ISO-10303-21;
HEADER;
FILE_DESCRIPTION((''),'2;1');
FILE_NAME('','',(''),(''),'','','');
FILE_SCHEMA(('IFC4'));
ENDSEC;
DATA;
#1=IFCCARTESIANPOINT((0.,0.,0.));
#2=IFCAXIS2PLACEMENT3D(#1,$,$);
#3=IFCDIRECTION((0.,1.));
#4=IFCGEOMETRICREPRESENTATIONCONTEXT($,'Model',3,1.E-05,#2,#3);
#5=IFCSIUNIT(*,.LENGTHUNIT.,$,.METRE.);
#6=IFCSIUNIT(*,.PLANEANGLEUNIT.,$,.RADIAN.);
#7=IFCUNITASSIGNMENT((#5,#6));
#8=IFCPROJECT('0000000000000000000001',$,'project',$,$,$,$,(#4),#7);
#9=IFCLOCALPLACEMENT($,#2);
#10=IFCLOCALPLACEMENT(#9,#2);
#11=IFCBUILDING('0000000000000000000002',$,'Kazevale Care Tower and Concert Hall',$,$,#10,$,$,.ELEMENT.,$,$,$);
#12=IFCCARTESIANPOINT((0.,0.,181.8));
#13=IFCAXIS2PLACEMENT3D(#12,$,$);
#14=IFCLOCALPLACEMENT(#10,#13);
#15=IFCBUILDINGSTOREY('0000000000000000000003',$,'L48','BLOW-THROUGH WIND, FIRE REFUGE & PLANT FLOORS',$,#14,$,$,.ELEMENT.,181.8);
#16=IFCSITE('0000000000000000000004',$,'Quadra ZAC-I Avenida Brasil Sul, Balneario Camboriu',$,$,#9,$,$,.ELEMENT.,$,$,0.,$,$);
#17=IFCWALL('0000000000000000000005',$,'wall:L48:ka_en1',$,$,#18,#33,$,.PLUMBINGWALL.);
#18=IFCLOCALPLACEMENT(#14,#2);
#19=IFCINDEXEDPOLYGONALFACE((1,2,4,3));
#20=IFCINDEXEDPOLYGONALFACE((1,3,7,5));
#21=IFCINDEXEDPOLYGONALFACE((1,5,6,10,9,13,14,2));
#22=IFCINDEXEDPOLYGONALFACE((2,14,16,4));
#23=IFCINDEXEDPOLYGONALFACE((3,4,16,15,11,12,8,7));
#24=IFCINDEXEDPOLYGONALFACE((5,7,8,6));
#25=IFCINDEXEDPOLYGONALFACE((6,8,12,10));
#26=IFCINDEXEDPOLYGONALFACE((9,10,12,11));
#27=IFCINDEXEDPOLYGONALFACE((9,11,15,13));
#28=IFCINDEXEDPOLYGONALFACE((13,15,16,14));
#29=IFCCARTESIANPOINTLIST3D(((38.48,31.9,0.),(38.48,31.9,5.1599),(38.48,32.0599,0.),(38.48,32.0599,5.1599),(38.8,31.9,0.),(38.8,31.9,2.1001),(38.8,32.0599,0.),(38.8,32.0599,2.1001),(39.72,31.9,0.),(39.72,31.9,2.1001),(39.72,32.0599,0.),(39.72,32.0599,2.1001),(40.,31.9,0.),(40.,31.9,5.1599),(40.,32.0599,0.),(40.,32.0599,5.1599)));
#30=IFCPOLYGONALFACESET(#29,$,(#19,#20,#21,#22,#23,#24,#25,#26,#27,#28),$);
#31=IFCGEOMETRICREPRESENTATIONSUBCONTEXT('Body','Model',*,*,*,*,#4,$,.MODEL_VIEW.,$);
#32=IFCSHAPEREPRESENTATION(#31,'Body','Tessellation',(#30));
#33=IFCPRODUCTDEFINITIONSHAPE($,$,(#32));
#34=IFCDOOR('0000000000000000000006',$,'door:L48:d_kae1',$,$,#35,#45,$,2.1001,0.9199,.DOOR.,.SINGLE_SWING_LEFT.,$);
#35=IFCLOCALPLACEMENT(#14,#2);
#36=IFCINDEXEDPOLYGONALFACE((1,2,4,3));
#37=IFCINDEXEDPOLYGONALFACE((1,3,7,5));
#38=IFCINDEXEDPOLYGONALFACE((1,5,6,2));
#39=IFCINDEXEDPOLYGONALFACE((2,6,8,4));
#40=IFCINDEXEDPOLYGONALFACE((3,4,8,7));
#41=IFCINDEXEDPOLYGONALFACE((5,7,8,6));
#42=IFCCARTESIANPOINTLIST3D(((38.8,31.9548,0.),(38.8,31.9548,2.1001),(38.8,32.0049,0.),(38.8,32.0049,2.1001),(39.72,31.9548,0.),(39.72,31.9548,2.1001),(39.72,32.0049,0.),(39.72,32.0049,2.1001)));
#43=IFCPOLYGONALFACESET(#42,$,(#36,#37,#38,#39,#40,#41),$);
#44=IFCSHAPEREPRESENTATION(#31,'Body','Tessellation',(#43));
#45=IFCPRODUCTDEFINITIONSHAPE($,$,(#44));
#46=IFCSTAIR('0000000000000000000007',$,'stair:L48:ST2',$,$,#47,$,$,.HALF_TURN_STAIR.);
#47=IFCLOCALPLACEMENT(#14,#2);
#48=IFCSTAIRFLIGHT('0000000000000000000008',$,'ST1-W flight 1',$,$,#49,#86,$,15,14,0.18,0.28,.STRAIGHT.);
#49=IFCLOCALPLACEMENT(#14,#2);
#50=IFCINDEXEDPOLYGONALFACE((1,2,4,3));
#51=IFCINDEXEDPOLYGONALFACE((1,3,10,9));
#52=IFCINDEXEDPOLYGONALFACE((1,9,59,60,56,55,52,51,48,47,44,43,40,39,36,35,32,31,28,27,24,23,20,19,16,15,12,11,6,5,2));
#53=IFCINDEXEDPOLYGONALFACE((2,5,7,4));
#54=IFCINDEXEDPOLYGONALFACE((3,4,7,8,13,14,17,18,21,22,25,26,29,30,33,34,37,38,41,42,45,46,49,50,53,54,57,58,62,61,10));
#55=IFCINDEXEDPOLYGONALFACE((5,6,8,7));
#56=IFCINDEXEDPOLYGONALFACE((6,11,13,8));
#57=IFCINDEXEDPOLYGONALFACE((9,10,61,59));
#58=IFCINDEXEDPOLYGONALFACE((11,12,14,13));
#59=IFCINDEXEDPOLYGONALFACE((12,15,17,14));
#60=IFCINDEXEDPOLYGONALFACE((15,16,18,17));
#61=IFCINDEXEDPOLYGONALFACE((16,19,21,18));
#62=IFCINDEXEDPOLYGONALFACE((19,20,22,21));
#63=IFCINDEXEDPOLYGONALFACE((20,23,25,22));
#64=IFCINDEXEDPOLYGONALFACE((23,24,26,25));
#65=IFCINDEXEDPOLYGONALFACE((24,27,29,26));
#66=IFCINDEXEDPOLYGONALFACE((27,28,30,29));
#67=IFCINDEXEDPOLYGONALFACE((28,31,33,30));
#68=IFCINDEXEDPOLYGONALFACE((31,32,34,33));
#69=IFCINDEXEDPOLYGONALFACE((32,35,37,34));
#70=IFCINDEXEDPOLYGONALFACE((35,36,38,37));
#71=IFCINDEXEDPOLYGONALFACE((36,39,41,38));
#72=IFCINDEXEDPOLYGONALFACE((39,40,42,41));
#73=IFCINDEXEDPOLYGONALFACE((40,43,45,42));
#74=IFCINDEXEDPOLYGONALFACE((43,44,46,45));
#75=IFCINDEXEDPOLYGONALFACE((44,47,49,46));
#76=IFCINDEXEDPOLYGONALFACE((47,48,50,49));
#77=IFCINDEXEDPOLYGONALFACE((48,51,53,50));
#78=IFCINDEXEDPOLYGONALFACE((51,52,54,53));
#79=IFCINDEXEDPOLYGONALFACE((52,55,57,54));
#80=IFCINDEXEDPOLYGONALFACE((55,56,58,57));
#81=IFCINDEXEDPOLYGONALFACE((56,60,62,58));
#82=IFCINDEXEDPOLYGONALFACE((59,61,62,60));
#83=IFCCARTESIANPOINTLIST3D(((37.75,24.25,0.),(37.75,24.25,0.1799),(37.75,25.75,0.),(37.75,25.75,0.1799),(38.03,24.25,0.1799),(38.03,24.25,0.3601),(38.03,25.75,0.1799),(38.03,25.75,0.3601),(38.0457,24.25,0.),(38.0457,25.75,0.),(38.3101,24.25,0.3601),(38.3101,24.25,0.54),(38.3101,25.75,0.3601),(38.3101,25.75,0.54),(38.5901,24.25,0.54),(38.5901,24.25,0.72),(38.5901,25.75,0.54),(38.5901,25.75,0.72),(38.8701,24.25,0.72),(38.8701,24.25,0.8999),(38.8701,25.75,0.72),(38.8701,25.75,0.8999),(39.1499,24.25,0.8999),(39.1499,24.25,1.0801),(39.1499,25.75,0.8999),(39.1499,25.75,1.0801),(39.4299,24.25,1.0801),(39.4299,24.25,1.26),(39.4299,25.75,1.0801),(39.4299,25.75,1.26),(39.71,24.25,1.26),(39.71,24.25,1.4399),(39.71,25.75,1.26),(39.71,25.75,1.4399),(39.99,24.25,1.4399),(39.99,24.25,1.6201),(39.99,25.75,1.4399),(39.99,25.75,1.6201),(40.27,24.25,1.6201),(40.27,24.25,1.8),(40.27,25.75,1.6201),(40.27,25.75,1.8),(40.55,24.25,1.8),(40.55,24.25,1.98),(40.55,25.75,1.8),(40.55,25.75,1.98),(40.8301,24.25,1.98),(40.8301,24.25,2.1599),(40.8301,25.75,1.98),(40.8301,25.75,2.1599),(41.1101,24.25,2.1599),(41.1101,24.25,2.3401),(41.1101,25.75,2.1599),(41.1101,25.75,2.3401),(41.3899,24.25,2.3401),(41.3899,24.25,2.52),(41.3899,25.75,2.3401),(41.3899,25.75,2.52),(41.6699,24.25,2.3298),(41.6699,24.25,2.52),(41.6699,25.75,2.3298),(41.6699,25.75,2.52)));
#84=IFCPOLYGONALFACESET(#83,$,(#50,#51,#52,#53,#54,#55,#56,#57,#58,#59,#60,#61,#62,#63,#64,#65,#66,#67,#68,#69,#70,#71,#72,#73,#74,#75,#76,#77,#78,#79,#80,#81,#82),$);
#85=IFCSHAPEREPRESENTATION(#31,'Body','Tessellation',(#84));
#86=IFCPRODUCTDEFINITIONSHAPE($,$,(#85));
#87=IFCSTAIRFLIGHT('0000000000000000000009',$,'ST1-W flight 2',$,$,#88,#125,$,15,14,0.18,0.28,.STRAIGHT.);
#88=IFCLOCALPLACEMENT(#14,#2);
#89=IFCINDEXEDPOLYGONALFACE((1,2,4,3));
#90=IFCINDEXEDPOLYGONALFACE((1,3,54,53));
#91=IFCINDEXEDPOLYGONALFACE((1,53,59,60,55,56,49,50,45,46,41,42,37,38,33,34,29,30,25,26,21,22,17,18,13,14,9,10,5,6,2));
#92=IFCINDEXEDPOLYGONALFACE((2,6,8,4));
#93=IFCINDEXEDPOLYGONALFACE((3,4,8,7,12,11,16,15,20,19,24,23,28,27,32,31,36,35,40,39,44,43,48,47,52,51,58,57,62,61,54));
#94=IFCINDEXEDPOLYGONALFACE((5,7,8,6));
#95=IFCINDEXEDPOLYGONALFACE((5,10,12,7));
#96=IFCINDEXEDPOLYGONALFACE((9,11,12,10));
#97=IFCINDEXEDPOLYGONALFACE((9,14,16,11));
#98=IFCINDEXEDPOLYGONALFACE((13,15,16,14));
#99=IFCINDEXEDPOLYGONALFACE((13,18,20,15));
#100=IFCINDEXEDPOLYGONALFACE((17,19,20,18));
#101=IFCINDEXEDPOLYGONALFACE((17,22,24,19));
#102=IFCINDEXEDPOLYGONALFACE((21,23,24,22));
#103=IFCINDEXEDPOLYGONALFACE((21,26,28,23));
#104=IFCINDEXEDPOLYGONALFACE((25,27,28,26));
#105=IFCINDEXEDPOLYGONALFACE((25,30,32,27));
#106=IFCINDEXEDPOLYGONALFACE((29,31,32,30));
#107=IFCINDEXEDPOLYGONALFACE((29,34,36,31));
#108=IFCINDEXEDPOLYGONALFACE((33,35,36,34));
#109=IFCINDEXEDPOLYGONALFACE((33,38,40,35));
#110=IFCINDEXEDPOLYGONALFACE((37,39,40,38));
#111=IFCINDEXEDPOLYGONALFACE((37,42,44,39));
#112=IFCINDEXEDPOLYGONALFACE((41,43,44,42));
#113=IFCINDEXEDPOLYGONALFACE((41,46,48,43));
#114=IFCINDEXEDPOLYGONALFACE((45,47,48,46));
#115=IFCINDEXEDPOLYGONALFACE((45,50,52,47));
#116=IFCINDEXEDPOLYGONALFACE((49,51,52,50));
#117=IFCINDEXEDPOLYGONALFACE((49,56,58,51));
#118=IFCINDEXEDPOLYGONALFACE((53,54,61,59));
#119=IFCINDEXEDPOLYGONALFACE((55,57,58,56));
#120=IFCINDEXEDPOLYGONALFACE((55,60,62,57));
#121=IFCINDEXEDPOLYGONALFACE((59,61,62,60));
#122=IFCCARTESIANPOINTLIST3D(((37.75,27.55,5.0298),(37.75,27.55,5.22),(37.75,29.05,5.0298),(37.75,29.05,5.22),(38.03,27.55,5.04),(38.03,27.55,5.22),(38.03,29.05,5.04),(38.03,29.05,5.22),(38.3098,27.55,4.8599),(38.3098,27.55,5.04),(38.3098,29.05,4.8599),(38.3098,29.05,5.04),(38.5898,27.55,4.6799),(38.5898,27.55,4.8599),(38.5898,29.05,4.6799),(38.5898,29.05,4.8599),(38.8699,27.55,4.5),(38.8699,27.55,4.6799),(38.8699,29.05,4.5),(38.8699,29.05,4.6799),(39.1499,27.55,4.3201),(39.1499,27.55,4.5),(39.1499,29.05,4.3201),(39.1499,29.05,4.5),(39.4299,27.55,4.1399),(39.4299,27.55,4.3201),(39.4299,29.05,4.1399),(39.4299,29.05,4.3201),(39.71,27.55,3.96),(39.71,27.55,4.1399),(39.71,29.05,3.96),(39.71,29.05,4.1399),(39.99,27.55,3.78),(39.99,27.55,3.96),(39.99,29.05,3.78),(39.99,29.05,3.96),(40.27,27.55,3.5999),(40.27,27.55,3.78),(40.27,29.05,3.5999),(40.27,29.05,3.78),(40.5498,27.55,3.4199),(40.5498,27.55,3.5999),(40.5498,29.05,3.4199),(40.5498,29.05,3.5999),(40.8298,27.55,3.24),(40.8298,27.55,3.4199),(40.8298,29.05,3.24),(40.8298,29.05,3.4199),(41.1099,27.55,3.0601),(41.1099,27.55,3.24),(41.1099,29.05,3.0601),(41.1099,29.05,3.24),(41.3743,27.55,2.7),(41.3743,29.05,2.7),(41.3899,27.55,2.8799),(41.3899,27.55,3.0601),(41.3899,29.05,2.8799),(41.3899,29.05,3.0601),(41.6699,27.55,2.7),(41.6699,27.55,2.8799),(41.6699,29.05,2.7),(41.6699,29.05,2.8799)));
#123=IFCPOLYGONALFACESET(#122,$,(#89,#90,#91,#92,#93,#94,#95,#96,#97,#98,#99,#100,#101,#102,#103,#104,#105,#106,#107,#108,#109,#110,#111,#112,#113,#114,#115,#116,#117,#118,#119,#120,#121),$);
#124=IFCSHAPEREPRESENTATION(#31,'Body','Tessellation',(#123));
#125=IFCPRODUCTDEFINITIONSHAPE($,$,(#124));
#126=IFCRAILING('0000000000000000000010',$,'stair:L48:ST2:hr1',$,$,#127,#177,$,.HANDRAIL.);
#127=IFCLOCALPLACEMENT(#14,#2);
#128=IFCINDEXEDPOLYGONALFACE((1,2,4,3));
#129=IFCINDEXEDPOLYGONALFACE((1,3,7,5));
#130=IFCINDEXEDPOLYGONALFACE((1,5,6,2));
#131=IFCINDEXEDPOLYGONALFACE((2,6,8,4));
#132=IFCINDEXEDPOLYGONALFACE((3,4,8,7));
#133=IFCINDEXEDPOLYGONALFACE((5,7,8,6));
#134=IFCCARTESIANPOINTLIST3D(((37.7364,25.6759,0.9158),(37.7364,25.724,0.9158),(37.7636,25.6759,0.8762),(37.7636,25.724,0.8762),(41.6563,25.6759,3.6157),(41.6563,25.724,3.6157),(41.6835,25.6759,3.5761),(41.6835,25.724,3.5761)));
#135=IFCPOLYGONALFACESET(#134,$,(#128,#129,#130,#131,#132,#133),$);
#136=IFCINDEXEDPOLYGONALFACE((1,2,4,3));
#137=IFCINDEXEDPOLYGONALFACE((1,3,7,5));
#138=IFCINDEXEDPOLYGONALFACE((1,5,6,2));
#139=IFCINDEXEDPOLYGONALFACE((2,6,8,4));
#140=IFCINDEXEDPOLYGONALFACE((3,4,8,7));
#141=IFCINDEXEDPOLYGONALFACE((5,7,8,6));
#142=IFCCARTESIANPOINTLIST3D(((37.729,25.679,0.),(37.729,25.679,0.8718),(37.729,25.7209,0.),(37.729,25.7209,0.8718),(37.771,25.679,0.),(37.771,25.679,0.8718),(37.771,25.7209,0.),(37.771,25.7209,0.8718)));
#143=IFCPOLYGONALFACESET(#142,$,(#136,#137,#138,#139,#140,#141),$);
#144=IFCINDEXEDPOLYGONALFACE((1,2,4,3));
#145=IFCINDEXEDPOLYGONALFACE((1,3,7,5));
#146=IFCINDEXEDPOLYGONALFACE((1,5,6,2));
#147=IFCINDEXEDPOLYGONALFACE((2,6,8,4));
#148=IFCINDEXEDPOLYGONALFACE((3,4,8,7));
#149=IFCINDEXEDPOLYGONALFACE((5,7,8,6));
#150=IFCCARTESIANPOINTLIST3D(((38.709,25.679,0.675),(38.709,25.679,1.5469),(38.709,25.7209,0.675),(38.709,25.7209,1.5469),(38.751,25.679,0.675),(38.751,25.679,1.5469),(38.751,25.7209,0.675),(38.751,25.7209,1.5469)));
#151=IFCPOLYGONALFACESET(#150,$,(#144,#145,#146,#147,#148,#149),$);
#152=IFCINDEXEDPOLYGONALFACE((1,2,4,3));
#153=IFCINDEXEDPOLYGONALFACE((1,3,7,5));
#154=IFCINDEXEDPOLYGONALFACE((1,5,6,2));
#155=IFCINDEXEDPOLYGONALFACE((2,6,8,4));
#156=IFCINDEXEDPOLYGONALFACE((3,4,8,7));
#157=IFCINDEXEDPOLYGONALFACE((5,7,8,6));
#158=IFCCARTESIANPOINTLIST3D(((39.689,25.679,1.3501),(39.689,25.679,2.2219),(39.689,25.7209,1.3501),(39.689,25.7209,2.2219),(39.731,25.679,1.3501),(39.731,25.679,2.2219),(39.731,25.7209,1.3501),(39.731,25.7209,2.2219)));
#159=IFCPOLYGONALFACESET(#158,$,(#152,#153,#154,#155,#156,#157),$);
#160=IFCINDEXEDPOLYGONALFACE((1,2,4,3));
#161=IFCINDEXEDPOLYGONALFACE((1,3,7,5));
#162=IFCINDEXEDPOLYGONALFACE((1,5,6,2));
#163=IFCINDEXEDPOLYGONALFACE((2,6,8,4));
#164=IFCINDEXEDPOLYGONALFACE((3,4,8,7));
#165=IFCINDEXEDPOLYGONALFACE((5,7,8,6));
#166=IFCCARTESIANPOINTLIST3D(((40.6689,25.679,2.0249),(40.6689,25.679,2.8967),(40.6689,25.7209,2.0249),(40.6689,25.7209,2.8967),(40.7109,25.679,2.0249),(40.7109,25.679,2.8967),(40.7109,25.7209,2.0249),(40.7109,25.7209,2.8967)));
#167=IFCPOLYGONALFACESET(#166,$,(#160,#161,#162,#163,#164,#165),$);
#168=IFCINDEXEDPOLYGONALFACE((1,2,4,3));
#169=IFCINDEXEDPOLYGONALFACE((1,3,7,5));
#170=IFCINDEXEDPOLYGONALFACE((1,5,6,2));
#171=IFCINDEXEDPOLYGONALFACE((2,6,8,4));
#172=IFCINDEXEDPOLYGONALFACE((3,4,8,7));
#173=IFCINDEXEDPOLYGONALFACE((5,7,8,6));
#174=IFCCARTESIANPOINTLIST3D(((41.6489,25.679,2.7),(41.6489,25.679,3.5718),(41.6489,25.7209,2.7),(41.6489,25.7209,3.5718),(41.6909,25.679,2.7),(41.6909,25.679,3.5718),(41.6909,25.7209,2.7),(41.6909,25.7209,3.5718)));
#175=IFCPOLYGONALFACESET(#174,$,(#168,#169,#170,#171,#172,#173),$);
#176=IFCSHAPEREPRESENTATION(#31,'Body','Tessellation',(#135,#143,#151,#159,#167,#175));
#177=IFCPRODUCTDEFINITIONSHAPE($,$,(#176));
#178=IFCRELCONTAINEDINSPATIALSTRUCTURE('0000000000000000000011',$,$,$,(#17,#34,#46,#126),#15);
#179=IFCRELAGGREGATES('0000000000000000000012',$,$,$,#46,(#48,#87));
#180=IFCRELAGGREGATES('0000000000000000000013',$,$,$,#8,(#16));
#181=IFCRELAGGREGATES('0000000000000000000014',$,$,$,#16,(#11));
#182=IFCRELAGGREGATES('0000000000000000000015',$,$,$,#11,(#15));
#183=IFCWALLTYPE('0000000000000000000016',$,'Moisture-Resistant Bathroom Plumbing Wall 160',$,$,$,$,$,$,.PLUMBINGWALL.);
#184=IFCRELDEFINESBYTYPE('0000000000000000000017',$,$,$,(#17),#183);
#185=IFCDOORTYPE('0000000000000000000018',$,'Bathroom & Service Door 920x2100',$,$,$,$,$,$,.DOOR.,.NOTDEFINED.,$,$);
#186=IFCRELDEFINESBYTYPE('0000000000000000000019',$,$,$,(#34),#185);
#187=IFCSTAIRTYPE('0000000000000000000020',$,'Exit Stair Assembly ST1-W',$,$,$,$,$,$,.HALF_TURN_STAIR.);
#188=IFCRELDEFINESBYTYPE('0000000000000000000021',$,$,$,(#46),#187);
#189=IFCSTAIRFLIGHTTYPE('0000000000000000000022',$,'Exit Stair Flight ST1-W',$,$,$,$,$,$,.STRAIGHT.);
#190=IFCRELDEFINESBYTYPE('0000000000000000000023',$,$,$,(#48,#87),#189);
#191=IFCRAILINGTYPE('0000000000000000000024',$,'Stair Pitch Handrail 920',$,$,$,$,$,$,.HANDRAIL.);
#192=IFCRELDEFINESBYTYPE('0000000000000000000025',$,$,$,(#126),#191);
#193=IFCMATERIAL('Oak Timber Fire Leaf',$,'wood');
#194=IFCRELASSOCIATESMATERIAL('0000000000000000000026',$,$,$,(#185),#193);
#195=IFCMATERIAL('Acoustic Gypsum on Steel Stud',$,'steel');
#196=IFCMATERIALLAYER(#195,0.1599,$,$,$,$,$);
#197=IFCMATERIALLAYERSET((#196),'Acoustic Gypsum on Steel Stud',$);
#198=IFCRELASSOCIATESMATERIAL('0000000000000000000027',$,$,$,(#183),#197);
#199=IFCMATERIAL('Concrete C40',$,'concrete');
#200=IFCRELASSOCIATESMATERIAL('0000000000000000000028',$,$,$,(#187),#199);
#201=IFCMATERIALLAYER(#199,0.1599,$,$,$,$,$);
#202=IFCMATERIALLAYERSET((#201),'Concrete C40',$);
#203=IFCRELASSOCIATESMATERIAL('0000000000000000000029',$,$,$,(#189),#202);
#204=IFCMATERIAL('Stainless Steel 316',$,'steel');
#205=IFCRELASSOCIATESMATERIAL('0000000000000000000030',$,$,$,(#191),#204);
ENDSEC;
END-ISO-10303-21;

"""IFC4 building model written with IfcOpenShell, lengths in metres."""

from ifc_helpers import new_model, si_unit, direction, frame, frame_2d, origin, origin_2d, place, context, subcontext, project, spatial, polyline, rectangle, outline, extrude, material, layer, layer_set, type_object, element, fill, aggregate, save


model = new_model("IFC4")

# Units and contexts
model_context = context("Model", 3, precision=1e-05, world=origin(), true_north=direction((0.0, 1.0)))
body_context = subcontext(model_context, "Body", "Model", "MODEL_VIEW")
ifc_project = project(units=[si_unit("LENGTHUNIT", "METRE"), si_unit("PLANEANGLEUNIT", "RADIAN")], contexts=[model_context])

# Site, building, storey
site_placement = place(None, origin())
site = spatial("IfcSite", under=ifc_project, at=site_placement, Name="Quadra ZAC-I Avenida Brasil Sul, Balneario Camboriu", CompositionType="ELEMENT", RefElevation=0.0)
building_placement = place(site_placement, origin())
building = spatial("IfcBuilding", under=site, at=building_placement, Name="Kazevale Care Tower and Concert Hall", CompositionType="ELEMENT")
storey_placement = place(building_placement, frame((0.0, 0.0, 181.8)))
storey = spatial("IfcBuildingStorey", under=building, at=storey_placement, Name="L48", Description="BLOW-THROUGH WIND, FIRE REFUGE & PLANT FLOORS", CompositionType="ELEMENT", Elevation=181.8)

# Shared definitions
ifc_material_1 = material(Name="Acoustic Gypsum on Steel Stud", Category="steel")

# Shared definitions
ifc_material_2 = material(Name="Oak Timber Fire Leaf", Category="wood")
door_type_1 = type_object("IfcDoorType", Name="Bathroom & Service Door 920x2100", OperationType="NOTDEFINED", PredefinedType="DOOR", material=ifc_material_2)

# Shared definitions
ifc_material_3 = material(Name="Concrete C40", Category="concrete")
ifc_layer_1 = layer(ifc_material_1, 0.1599)
ifc_layer_set_1 = layer_set([ifc_layer_1], Name="Acoustic Gypsum on Steel Stud")
wall_type_1 = type_object("IfcWallType", Name="Moisture-Resistant Bathroom Plumbing Wall 160", PredefinedType="PLUMBINGWALL", material=ifc_layer_set_1)

# Wall, opening, door
wall_1_placement = place(storey_placement, frame((38.48, 31.98, 0.0), z_axis=(0.0, 0.0, 1.0), x_axis=(1.0, 0.0, 0.0)))
wall_1 = element("IfcWall", 1, at=wall_1_placement, inside=storey, type_object=wall_type_1, Name="wall:L48:ka_en1", PredefinedType="PLUMBINGWALL", context=body_context, shape_type="SweptSolid", body=[
    extrude(rectangle(XDim=1.52, YDim=0.1599, at=frame_2d((0.76, 0.0))), origin(), (0.0, 0.0, 1.0), 5.1599),
])
opening_1_placement = place(wall_1_placement, frame((0.3201, 0.0, 0.0)))
opening_1 = element("IfcOpeningElement", 2, at=opening_1_placement, cuts=wall_1, PredefinedType="OPENING", context=body_context, shape_type="SweptSolid", body=[
    extrude(rectangle(XDim=0.9199, YDim=2.1001, at=frame_2d((0.46, 1.05))), frame((0.0, 0.0898, 0.0), z_axis=(0.0, -1.0, 0.0), x_axis=(1.0, 0.0, 0.0)), (0.0, 0.0, 1.0), 0.1799),
])
door_1_placement = place(opening_1_placement, origin())
door_1 = element("IfcDoor", 3, at=door_1_placement, inside=storey, type_object=door_type_1, Name="door:L48:d_kae1", OperationType="SINGLE_SWING_LEFT", OverallHeight=2.1001, OverallWidth=0.9199, PredefinedType="DOOR", context=body_context, shape_type="SweptSolid", body=[
    extrude(rectangle(XDim=0.9199, YDim=2.1001, at=frame_2d((0.46, 1.05))), frame((0.0, 0.0249, 0.0), z_axis=(0.0, -1.0, 0.0), x_axis=(1.0, 0.0, 0.0)), (0.0, 0.0, 1.0), 0.05),
])
fill(opening_1, door_1)

# Stair, stair flights
stair_type = type_object("IfcStairType", Name="Exit Stair Assembly ST1-W", PredefinedType="HALF_TURN_STAIR", material=ifc_material_3)
stair_placement = place(storey_placement, origin())
stair = element("IfcStair", 4, at=stair_placement, inside=storey, type_object=stair_type, Name="stair:L48:ST2", PredefinedType="HALF_TURN_STAIR")
ifc_layer_2 = layer(ifc_material_3, 0.1599)
ifc_layer_set_2 = layer_set([ifc_layer_2], Name="Concrete C40")
stair_flight_type = type_object("IfcStairFlightType", Name="Exit Stair Flight ST1-W", PredefinedType="STRAIGHT", material=ifc_layer_set_2)
stair_flight_1_placement = place(storey_placement, frame((37.75, 25.0, 0.0), z_axis=(0.0, 0.0, 1.0), x_axis=(1.0, 0.0, 0.0)))
stair_flight_1 = element("IfcStairFlight", 5, at=stair_flight_1_placement, type_object=stair_flight_type, Name="ST1-W flight 1", NumberOfRisers=15, NumberOfTreads=14, PredefinedType="STRAIGHT", RiserHeight=0.18, TreadLength=0.28, context=body_context, shape_type="SweptSolid", body=[
    extrude(outline(polyline([(0.0, 0.0), (0.0, 0.1799), (0.28, 0.1799), (0.28, 0.3601), (0.5601, 0.3601), (0.5601, 0.54), (0.8401, 0.54), (0.8401, 0.72), (1.1201, 0.72), (1.1201, 0.8999), (1.3999, 0.8999), (1.3999, 1.0801), (1.6799, 1.0801), (1.6799, 1.26), (1.96, 1.26), (1.96, 1.4399), (2.24, 1.4399), (2.24, 1.6201), (2.52, 1.6201), (2.52, 1.8), (2.8, 1.8), (2.8, 1.98), (3.0801, 1.98), (3.0801, 2.1599), (3.3601, 2.1599), (3.3601, 2.3401), (3.6399, 2.3401), (3.6399, 2.52), (3.9199, 2.52), (3.9199, 2.7), (3.9199, 2.3298), (0.2957, 0.0), (0.0, 0.0)])), frame((0.0, 0.75, 0.0), z_axis=(0.0, -1.0, 0.0), x_axis=(1.0, 0.0, 0.0)), (0.0, 0.0, 1.0), 1.5),
])
stair_flight_2_placement = place(storey_placement, frame((41.6699, 28.3, 2.7), z_axis=(0.0, 0.0, 1.0), x_axis=(-1.0, 0.0, 0.0)))
stair_flight_2 = element("IfcStairFlight", 6, at=stair_flight_2_placement, type_object=stair_flight_type, Name="ST1-W flight 2", NumberOfRisers=15, NumberOfTreads=14, PredefinedType="STRAIGHT", RiserHeight=0.18, TreadLength=0.28, context=body_context, shape_type="SweptSolid", body=[
    extrude(outline(polyline([(0.0, 0.0), (0.0, 0.1799), (0.28, 0.1799), (0.28, 0.3601), (0.5601, 0.3601), (0.5601, 0.54), (0.8401, 0.54), (0.8401, 0.72), (1.1201, 0.72), (1.1201, 0.8999), (1.3999, 0.8999), (1.3999, 1.0801), (1.6799, 1.0801), (1.6799, 1.26), (1.96, 1.26), (1.96, 1.4399), (2.24, 1.4399), (2.24, 1.6201), (2.52, 1.6201), (2.52, 1.8), (2.8, 1.8), (2.8, 1.98), (3.0801, 1.98), (3.0801, 2.1599), (3.3601, 2.1599), (3.3601, 2.3401), (3.6399, 2.3401), (3.6399, 2.52), (3.9199, 2.52), (3.9199, 2.7), (3.9199, 2.3298), (0.2957, 0.0), (0.0, 0.0)])), frame((0.0, 0.75, 0.0), z_axis=(0.0, -1.0, 0.0), x_axis=(1.0, 0.0, 0.0)), (0.0, 0.0, 1.0), 1.5),
])
aggregate(stair, [stair_flight_1, stair_flight_2])

# Railing
ifc_material_4 = material(Name="Stainless Steel 316", Category="steel")
railing_type_1 = type_object("IfcRailingType", Name="Stair Pitch Handrail 920", PredefinedType="HANDRAIL", material=ifc_material_4)
railing_1_placement = place(storey_placement, frame((37.75, 25.7, 0.0)))
element("IfcRailing", 7, at=railing_1_placement, inside=storey, type_object=railing_type_1, Name="stair:L48:ST2:hr1", PredefinedType="HANDRAIL", context=body_context, shape_type="SweptSolid", body=[
    extrude(rectangle(XDim=0.0481, YDim=0.0481, at=origin_2d()), frame((0.0, 0.0, 0.896), z_axis=(0.823551, 0.0, 0.567243), x_axis=(0.0, 1.0, 0.0)), (0.0, 0.0, 1.0), 4.7598),
    extrude(rectangle(XDim=0.042, YDim=0.042, at=origin_2d()), origin(), (0.0, 0.0, 1.0), 0.8718),
    extrude(rectangle(XDim=0.042, YDim=0.042, at=origin_2d()), frame((0.98, 0.0, 0.675)), (0.0, 0.0, 1.0), 0.8718),
    extrude(rectangle(XDim=0.042, YDim=0.042, at=origin_2d()), frame((1.96, 0.0, 1.3501)), (0.0, 0.0, 1.0), 0.8718),
    extrude(rectangle(XDim=0.042, YDim=0.042, at=origin_2d()), frame((2.9399, 0.0, 2.0249)), (0.0, 0.0, 1.0), 0.8718),
    extrude(rectangle(XDim=0.042, YDim=0.042, at=origin_2d()), frame((3.9199, 0.0, 2.7)), (0.0, 0.0, 1.0), 0.8718),
])

save(model, "model.ifc")
